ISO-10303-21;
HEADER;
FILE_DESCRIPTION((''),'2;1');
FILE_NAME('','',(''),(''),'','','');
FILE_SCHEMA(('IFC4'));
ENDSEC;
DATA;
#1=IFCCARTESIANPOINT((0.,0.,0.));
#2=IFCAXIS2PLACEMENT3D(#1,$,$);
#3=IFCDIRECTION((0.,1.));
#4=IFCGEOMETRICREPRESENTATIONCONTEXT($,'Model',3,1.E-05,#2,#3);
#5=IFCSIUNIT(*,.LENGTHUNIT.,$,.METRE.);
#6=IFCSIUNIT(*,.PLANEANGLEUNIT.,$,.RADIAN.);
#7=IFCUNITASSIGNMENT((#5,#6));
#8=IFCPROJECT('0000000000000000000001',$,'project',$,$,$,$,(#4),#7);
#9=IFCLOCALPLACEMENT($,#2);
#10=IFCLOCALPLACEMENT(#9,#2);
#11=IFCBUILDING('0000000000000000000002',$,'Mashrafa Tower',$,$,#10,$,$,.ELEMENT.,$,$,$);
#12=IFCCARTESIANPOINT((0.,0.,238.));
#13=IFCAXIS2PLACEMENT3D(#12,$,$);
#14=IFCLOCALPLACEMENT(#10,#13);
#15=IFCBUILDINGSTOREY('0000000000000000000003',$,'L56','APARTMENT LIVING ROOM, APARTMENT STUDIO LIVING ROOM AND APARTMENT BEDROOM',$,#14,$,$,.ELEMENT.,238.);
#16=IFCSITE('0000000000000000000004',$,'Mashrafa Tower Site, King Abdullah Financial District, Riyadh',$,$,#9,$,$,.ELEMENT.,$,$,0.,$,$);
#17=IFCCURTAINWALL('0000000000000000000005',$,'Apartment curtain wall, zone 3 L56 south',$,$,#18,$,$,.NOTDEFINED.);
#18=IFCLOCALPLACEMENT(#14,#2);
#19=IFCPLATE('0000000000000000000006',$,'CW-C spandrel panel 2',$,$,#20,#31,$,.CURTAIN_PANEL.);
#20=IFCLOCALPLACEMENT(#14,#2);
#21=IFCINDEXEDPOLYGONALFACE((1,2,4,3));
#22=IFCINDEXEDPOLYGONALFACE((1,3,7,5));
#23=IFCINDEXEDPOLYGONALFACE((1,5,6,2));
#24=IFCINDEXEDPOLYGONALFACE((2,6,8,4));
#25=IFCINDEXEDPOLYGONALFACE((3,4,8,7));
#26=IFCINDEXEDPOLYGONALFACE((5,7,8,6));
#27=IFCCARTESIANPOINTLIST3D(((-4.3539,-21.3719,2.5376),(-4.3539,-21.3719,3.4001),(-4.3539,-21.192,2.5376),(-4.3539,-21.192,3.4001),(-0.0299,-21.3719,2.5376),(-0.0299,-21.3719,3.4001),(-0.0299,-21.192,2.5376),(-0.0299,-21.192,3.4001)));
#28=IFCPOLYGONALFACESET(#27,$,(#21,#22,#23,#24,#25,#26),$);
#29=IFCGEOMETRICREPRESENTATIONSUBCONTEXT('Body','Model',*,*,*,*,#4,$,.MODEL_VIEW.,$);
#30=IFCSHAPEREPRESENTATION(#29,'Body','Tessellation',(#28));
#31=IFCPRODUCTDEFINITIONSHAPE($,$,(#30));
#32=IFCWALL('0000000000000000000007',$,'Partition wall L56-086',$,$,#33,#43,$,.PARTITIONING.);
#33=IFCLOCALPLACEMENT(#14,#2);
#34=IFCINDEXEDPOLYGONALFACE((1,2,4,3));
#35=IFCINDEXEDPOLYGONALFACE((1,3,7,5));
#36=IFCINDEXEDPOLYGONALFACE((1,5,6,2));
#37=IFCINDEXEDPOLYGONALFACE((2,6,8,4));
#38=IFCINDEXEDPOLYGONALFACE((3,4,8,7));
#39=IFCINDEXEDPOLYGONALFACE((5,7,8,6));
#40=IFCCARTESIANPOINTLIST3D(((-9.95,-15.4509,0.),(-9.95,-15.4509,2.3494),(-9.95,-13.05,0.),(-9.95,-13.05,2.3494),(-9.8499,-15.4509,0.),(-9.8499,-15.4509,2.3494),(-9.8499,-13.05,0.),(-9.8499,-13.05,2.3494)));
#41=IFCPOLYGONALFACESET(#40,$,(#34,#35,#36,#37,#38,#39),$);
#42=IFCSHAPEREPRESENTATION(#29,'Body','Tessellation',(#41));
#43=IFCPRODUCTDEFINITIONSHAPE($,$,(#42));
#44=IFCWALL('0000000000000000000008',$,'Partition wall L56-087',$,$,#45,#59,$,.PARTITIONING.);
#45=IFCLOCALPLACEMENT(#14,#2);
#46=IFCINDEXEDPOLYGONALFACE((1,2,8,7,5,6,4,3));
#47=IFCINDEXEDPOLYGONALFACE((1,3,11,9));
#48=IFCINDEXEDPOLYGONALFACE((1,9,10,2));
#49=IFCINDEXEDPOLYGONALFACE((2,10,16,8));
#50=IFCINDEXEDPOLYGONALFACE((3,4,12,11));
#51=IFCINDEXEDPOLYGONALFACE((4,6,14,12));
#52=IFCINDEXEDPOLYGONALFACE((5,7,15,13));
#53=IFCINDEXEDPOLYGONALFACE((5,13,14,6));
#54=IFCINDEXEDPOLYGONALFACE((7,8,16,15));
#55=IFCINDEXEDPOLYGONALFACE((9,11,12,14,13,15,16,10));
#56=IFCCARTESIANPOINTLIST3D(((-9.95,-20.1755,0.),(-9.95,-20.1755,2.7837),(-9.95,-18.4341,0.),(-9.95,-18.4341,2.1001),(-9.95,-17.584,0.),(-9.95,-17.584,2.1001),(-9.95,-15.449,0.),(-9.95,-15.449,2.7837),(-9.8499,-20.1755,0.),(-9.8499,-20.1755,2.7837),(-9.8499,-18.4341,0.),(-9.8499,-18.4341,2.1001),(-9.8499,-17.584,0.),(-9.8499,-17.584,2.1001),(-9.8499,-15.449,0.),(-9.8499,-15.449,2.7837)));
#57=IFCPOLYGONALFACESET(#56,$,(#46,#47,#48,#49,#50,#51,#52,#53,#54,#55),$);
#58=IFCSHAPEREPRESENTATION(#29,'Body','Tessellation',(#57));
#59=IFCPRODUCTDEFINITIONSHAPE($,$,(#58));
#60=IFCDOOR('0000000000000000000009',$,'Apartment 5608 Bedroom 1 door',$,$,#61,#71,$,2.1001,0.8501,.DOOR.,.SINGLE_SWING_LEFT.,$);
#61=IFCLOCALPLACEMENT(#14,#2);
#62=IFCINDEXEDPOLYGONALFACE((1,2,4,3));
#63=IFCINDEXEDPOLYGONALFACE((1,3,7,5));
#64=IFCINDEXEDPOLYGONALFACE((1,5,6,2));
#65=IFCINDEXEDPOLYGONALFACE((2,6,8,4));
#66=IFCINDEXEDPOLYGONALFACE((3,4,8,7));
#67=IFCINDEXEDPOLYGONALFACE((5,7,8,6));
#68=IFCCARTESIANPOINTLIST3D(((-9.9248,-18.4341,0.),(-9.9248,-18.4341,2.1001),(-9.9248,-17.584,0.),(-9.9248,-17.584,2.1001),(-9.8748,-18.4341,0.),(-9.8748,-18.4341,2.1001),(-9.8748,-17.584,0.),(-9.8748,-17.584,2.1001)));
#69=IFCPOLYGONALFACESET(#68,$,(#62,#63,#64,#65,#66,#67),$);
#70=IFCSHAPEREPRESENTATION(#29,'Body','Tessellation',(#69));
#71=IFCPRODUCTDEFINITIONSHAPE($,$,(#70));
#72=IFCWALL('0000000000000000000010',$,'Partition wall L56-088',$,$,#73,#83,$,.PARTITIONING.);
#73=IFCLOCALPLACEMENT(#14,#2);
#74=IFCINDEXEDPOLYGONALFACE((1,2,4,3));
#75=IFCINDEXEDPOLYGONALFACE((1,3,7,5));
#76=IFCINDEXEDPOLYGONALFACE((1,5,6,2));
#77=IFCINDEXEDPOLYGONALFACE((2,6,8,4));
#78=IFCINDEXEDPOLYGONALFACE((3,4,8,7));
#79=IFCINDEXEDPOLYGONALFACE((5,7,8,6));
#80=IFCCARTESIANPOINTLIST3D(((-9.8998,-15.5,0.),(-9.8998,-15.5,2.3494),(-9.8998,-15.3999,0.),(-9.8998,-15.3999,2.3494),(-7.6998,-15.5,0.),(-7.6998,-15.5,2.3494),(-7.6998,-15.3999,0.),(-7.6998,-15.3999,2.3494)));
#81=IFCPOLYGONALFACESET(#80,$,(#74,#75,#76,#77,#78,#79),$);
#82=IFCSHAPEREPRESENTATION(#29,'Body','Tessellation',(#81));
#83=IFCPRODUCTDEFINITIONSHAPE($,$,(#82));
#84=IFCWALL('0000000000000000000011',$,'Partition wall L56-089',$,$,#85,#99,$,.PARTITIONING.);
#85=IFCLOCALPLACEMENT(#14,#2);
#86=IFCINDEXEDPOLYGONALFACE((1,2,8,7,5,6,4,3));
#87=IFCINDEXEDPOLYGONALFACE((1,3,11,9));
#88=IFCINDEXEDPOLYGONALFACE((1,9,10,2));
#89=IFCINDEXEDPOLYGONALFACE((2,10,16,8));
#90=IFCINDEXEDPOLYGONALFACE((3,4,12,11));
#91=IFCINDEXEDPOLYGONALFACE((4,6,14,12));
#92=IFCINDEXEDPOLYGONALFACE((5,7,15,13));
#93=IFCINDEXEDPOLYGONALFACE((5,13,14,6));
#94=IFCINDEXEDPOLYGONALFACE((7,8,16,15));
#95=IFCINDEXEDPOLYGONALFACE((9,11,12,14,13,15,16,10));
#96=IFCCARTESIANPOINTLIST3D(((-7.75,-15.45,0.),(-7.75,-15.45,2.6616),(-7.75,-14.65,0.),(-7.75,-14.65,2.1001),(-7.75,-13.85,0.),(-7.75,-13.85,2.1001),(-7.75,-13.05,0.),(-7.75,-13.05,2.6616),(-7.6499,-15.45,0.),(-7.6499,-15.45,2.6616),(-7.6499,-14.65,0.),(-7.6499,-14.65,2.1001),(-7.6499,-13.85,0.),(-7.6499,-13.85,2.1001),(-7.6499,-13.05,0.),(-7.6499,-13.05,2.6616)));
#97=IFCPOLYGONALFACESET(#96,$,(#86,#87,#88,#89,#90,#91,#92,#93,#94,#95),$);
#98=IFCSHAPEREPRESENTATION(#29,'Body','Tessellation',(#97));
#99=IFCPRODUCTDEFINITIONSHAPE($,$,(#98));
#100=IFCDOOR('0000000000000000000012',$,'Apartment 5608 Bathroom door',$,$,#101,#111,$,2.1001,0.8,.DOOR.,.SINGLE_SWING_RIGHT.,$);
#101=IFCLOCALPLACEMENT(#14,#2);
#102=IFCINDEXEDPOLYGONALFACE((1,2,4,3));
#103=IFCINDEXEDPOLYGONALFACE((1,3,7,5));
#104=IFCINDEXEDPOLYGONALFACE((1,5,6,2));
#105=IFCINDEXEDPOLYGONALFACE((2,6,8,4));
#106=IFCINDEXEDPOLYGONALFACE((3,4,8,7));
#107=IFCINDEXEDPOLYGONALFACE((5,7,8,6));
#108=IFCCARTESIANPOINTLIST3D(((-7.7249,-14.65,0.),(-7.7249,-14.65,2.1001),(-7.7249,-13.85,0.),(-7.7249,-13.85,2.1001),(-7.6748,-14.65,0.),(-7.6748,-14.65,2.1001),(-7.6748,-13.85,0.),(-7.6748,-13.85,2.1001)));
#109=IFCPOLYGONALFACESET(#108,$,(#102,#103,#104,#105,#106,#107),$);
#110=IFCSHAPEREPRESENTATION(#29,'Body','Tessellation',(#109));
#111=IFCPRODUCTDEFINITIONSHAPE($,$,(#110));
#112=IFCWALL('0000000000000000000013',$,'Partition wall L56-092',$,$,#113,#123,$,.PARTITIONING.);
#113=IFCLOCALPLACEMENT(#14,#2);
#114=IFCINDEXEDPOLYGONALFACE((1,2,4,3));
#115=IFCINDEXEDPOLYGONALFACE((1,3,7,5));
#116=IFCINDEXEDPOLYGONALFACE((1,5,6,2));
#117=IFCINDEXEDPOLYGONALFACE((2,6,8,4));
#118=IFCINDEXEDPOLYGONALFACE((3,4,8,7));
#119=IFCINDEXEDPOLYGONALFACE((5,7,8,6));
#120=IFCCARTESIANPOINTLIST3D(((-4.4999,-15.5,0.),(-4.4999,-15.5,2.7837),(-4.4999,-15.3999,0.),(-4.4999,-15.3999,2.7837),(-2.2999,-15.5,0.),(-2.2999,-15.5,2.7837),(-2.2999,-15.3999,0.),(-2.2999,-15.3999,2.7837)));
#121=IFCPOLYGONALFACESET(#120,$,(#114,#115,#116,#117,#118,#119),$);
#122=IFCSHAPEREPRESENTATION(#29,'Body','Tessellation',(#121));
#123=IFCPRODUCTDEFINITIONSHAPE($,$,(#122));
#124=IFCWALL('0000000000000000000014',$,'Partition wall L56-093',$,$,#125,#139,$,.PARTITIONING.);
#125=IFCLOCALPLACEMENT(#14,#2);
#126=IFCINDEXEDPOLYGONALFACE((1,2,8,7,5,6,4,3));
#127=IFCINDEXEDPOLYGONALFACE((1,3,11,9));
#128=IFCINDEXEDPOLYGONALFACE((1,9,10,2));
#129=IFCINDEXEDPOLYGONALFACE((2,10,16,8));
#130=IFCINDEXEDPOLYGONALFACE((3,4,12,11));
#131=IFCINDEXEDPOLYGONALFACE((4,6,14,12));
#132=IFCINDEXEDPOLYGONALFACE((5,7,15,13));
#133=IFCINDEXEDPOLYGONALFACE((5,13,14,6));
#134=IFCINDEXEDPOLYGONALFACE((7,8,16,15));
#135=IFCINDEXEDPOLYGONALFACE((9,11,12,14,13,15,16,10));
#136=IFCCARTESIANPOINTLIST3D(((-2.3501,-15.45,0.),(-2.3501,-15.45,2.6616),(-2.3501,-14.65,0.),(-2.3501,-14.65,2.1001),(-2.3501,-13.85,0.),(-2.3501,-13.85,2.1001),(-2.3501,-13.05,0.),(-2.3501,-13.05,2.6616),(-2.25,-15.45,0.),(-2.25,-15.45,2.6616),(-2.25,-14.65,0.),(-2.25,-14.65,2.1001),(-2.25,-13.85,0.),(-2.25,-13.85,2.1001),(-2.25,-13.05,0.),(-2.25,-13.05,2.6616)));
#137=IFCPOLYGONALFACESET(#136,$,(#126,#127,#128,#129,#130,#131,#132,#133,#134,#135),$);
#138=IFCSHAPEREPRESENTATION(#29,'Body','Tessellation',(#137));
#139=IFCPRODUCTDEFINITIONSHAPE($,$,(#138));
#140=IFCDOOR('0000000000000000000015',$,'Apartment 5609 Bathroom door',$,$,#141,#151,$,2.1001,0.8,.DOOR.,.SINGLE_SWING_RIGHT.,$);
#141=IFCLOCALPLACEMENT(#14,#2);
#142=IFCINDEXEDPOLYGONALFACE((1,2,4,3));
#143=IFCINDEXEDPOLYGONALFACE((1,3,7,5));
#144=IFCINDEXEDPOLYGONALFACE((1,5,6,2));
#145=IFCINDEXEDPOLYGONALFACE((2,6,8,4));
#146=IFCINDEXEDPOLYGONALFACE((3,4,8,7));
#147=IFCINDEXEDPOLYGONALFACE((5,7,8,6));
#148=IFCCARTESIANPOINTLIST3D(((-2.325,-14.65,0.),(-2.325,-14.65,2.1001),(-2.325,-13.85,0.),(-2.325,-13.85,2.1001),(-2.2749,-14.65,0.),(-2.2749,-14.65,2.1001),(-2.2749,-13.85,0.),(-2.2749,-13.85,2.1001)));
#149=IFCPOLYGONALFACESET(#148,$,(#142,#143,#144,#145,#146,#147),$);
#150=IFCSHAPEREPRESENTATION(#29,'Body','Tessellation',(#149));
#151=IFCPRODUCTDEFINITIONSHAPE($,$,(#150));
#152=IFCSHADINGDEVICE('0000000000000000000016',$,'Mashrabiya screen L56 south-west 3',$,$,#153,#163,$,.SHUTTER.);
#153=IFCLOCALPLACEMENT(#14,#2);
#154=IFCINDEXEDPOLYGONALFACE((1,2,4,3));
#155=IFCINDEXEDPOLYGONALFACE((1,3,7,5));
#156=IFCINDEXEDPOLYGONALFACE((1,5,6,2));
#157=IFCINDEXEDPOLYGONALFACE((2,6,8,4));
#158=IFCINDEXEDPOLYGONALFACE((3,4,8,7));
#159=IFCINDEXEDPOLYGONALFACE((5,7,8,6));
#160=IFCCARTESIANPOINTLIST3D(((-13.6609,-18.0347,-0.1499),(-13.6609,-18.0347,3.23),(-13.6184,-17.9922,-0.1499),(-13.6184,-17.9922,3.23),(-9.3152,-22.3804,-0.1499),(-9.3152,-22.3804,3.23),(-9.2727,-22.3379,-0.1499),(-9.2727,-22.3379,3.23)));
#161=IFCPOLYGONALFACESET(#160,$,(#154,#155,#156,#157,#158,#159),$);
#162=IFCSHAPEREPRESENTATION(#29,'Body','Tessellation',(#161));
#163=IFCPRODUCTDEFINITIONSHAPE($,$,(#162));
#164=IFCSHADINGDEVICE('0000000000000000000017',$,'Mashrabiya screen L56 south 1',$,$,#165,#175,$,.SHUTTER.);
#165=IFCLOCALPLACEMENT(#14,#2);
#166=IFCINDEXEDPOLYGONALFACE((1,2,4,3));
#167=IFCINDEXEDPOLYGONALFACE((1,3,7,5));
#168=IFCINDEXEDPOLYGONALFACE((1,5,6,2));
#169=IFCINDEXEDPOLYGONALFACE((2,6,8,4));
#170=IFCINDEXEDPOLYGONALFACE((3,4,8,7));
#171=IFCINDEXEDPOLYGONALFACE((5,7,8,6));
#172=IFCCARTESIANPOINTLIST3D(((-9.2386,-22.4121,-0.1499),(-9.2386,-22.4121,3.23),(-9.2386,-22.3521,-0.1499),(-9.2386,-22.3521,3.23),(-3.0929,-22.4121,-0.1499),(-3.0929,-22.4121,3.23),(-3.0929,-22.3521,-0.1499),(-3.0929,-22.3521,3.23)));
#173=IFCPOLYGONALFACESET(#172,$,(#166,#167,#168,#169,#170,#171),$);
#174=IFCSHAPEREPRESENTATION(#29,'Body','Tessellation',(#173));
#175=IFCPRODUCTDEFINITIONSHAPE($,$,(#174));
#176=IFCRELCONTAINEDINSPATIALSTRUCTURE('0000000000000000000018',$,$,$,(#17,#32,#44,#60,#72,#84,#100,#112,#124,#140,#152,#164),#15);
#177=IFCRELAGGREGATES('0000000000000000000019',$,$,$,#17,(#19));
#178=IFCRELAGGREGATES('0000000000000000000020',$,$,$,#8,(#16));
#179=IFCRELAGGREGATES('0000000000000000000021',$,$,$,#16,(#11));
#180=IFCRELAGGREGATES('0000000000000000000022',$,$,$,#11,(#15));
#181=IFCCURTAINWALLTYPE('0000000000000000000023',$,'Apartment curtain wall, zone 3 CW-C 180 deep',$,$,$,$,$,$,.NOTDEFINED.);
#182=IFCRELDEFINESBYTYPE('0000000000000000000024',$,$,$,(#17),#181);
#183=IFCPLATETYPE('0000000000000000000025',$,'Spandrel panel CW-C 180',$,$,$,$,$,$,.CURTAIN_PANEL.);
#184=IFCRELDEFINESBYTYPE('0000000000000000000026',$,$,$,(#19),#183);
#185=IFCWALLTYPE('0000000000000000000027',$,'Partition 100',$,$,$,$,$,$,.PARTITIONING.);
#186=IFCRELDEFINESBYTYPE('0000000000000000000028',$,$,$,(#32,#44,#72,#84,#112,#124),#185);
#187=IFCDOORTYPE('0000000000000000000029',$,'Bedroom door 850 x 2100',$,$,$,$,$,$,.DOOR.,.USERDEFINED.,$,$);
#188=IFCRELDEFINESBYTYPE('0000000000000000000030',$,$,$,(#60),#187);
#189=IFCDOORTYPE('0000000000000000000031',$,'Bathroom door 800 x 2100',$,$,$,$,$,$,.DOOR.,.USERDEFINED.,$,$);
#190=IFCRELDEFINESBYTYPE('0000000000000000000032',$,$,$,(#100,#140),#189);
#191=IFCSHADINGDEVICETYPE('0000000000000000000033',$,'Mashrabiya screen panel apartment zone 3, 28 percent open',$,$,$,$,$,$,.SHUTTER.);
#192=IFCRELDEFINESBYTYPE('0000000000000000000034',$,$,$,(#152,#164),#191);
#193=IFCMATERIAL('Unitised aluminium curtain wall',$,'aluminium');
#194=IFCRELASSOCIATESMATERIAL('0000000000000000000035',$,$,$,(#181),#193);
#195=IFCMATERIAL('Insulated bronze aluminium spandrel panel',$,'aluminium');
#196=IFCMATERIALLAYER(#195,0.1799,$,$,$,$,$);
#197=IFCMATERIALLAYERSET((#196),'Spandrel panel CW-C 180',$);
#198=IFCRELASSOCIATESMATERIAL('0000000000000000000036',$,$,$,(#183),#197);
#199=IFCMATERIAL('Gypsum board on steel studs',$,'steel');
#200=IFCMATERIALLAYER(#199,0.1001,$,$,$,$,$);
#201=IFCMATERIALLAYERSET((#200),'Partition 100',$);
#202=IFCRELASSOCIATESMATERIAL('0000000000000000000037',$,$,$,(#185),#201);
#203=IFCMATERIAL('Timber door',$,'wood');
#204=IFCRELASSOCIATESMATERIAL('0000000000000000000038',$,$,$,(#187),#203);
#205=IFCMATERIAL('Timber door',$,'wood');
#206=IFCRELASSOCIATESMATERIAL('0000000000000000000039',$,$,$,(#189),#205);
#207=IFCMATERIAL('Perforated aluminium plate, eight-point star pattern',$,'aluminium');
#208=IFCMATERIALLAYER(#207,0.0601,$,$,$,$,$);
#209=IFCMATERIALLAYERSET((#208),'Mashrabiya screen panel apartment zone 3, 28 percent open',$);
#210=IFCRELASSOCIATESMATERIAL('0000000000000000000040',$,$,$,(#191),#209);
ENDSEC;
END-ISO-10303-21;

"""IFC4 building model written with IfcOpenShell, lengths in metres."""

from ifc_helpers import new_model, si_unit, direction, frame, frame_2d, origin, origin_2d, place, context, subcontext, project, spatial, rectangle, extrude, source, transform, mapped, material, layer, layer_set, type_object, type_shapes, element, fill, aggregate, save


model = new_model("IFC4")

# Units and contexts
model_context = context("Model", 3, precision=1e-05, world=origin(), true_north=direction((0.0, 1.0)))
body_context = subcontext(model_context, "Body", "Model", "MODEL_VIEW")
ifc_project = project(units=[si_unit("LENGTHUNIT", "METRE"), si_unit("PLANEANGLEUNIT", "RADIAN")], contexts=[model_context])

# Site, building, storey
site_placement = place(None, origin())
site = spatial("IfcSite", under=ifc_project, at=site_placement, Name="Mashrafa Tower Site, King Abdullah Financial District, Riyadh", CompositionType="ELEMENT", RefElevation=0.0)
building_placement = place(site_placement, origin())
building = spatial("IfcBuilding", under=site, at=building_placement, Name="Mashrafa Tower", CompositionType="ELEMENT")
storey_placement = place(building_placement, frame((0.0, 0.0, 238.0)))
storey = spatial("IfcBuildingStorey", under=building, at=storey_placement, Name="L56", Description="APARTMENT LIVING ROOM, APARTMENT STUDIO LIVING ROOM AND APARTMENT BEDROOM", CompositionType="ELEMENT", Elevation=238.0)

# Shared definitions
ifc_material_1 = material(Name="Unitised aluminium curtain wall", Category="aluminium")
curtain_wall_type = type_object("IfcCurtainWallType", Name="Apartment curtain wall, zone 3 CW-C 180 deep", PredefinedType="NOTDEFINED", material=ifc_material_1)

# Curtain wall
curtain_wall_1_placement = place(storey_placement, origin())
curtain_wall_1 = element("IfcCurtainWall", 1, at=curtain_wall_1_placement, inside=storey, type_object=curtain_wall_type, Name="Apartment curtain wall, zone 3 L56 south", PredefinedType="NOTDEFINED")

# Plate
ifc_material_2 = material(Name="Insulated bronze aluminium spandrel panel", Category="aluminium")
ifc_layer_1 = layer(ifc_material_2, 0.1799)
ifc_layer_set_1 = layer_set([ifc_layer_1], Name="Spandrel panel CW-C 180")
plate_type_1 = type_object("IfcPlateType", Name="Spandrel panel CW-C 180", PredefinedType="CURTAIN_PANEL", material=ifc_layer_set_1)
shared_shape_1 = source(origin(), body_context, "Body", "SweptSolid", [
    extrude(rectangle(XDim=4.324, YDim=0.1799, at=origin_2d()), origin(), (0.0, 0.0, 1.0), 0.8625),
])
plate_1_placement = place(storey_placement, frame((-2.1919, -21.282, 2.5376), z_axis=(0.0, 0.0, 1.0), x_axis=(1.0, 0.0, 0.0)))
plate_1 = element("IfcPlate", 2, at=plate_1_placement, type_object=plate_type_1, Name="CW-C spandrel panel 2", PredefinedType="CURTAIN_PANEL", context=body_context, shape_type="MappedRepresentation", body=[
    mapped(shared_shape_1, transform((0.0, 0.0, 0.0))),
])
aggregate(curtain_wall_1, [plate_1])

# Wall
ifc_material_3 = material(Name="Gypsum board on steel studs", Category="steel")
ifc_layer_2 = layer(ifc_material_3, 0.1001)
ifc_layer_set_2 = layer_set([ifc_layer_2], Name="Partition 100")
wall_type = type_object("IfcWallType", Name="Partition 100", PredefinedType="PARTITIONING", material=ifc_layer_set_2)
wall_1_placement = place(storey_placement, frame((-9.8999, -15.4509, 0.0), z_axis=(0.0, 0.0, 1.0), x_axis=(0.0, 1.0, 0.0)))
element("IfcWall", 3, at=wall_1_placement, inside=storey, type_object=wall_type, Name="Partition wall L56-086", PredefinedType="PARTITIONING", context=body_context, shape_type="SweptSolid", body=[
    extrude(rectangle(XDim=2.4009, YDim=0.1001, at=frame_2d((1.2004, 0.0))), origin(), (0.0, 0.0, 1.0), 2.3494),
])

# Wall, opening, door
wall_2_placement = place(storey_placement, frame((-9.8999, -20.1755, 0.0), z_axis=(0.0, 0.0, 1.0), x_axis=(0.0, 1.0, 0.0)))
wall_2 = element("IfcWall", 4, at=wall_2_placement, inside=storey, type_object=wall_type, Name="Partition wall L56-087", PredefinedType="PARTITIONING", context=body_context, shape_type="SweptSolid", body=[
    extrude(rectangle(XDim=4.7266, YDim=0.1001, at=frame_2d((2.3633, 0.0))), origin(), (0.0, 0.0, 1.0), 2.7837),
])
opening_1_placement = place(wall_2_placement, frame((1.7415, 0.0, 0.0)))
opening_1 = element("IfcOpeningElement", 5, at=opening_1_placement, cuts=wall_2, PredefinedType="OPENING", context=body_context, shape_type="SweptSolid", body=[
    extrude(rectangle(XDim=0.8501, YDim=2.1001, at=frame_2d((0.425, 1.05))), frame((0.0, 0.0601, 0.0), z_axis=(0.0, -1.0, 0.0), x_axis=(1.0, 0.0, 0.0)), (0.0, 0.0, 1.0), 0.1201),
])
ifc_material_4 = material(Name="Timber door", Category="wood")
door_type_1 = type_object("IfcDoorType", Name="Bedroom door 850 x 2100", OperationType="USERDEFINED", PredefinedType="DOOR", material=ifc_material_4)
door_1_placement = place(opening_1_placement, origin())
door_1 = element("IfcDoor", 6, at=door_1_placement, inside=storey, type_object=door_type_1, Name="Apartment 5608 Bedroom 1 door", OperationType="SINGLE_SWING_LEFT", OverallHeight=2.1001, OverallWidth=0.8501, PredefinedType="DOOR", context=body_context, shape_type="SweptSolid", body=[
    extrude(rectangle(XDim=0.8501, YDim=2.1001, at=frame_2d((0.425, 1.05))), frame((0.0, 0.0249, 0.0), z_axis=(0.0, -1.0, 0.0), x_axis=(1.0, 0.0, 0.0)), (0.0, 0.0, 1.0), 0.05),
])
fill(opening_1, door_1)

# Wall
wall_3_placement = place(storey_placement, frame((-9.8999, -15.45, 0.0), z_axis=(0.0, 0.0, 1.0), x_axis=(1.0, 0.0, 0.0)))
element("IfcWall", 7, at=wall_3_placement, inside=storey, type_object=wall_type, Name="Partition wall L56-088", PredefinedType="PARTITIONING", context=body_context, shape_type="SweptSolid", body=[
    extrude(rectangle(XDim=2.2, YDim=0.1001, at=frame_2d((1.1001, 0.0))), origin(), (0.0, 0.0, 1.0), 2.3494),
])

# Wall, opening, door
wall_4_placement = place(storey_placement, frame((-7.7, -15.45, 0.0), z_axis=(0.0, 0.0, 1.0), x_axis=(0.0, 1.0, 0.0)))
wall_4 = element("IfcWall", 8, at=wall_4_placement, inside=storey, type_object=wall_type, Name="Partition wall L56-089", PredefinedType="PARTITIONING", context=body_context, shape_type="SweptSolid", body=[
    extrude(rectangle(XDim=2.3999, YDim=0.1001, at=frame_2d((1.2, 0.0))), origin(), (0.0, 0.0, 1.0), 2.6616),
])
opening_2_placement = place(wall_4_placement, frame((0.8, 0.0, 0.0)))
opening_2 = element("IfcOpeningElement", 9, at=opening_2_placement, cuts=wall_4, PredefinedType="OPENING", context=body_context, shape_type="SweptSolid", body=[
    extrude(rectangle(XDim=0.8, YDim=2.1001, at=frame_2d((0.3999, 1.05))), frame((0.0, 0.0601, 0.0), z_axis=(0.0, -1.0, 0.0), x_axis=(1.0, 0.0, 0.0)), (0.0, 0.0, 1.0), 0.1201),
])
ifc_material_5 = material(Name="Timber door", Category="wood")
door_type_2 = type_object("IfcDoorType", Name="Bathroom door 800 x 2100", OperationType="USERDEFINED", PredefinedType="DOOR", material=ifc_material_5)
door_2_placement = place(opening_2_placement, origin())
door_2 = element("IfcDoor", 10, at=door_2_placement, inside=storey, type_object=door_type_2, Name="Apartment 5608 Bathroom door", OperationType="SINGLE_SWING_RIGHT", OverallHeight=2.1001, OverallWidth=0.8, PredefinedType="DOOR", context=body_context, shape_type="SweptSolid", body=[
    extrude(rectangle(XDim=0.8, YDim=2.1001, at=frame_2d((0.3999, 1.05))), frame((0.0, 0.0249, 0.0), z_axis=(0.0, -1.0, 0.0), x_axis=(1.0, 0.0, 0.0)), (0.0, 0.0, 1.0), 0.05),
])
fill(opening_2, door_2)

# Wall
wall_5_placement = place(storey_placement, frame((-4.5, -15.45, 0.0), z_axis=(0.0, 0.0, 1.0), x_axis=(1.0, 0.0, 0.0)))
element("IfcWall", 11, at=wall_5_placement, inside=storey, type_object=wall_type, Name="Partition wall L56-092", PredefinedType="PARTITIONING", context=body_context, shape_type="SweptSolid", body=[
    extrude(rectangle(XDim=2.2, YDim=0.1001, at=frame_2d((1.1001, 0.0))), origin(), (0.0, 0.0, 1.0), 2.7837),
])

# Wall, opening, door
wall_6_placement = place(storey_placement, frame((-2.3, -15.45, 0.0), z_axis=(0.0, 0.0, 1.0), x_axis=(0.0, 1.0, 0.0)))
wall_6 = element("IfcWall", 12, at=wall_6_placement, inside=storey, type_object=wall_type, Name="Partition wall L56-093", PredefinedType="PARTITIONING", context=body_context, shape_type="SweptSolid", body=[
    extrude(rectangle(XDim=2.3999, YDim=0.1001, at=frame_2d((1.2, 0.0))), origin(), (0.0, 0.0, 1.0), 2.6616),
])
opening_3_placement = place(wall_6_placement, frame((0.8, 0.0, 0.0)))
opening_3 = element("IfcOpeningElement", 13, at=opening_3_placement, cuts=wall_6, PredefinedType="OPENING", context=body_context, shape_type="SweptSolid", body=[
    extrude(rectangle(XDim=0.8, YDim=2.1001, at=frame_2d((0.3999, 1.05))), frame((0.0, 0.0601, 0.0), z_axis=(0.0, -1.0, 0.0), x_axis=(1.0, 0.0, 0.0)), (0.0, 0.0, 1.0), 0.1201),
])
door_3_placement = place(opening_3_placement, origin())
door_3 = element("IfcDoor", 14, at=door_3_placement, inside=storey, type_object=door_type_2, Name="Apartment 5609 Bathroom door", OperationType="SINGLE_SWING_RIGHT", OverallHeight=2.1001, OverallWidth=0.8, PredefinedType="DOOR", context=body_context, shape_type="SweptSolid", body=[
    extrude(rectangle(XDim=0.8, YDim=2.1001, at=frame_2d((0.3999, 1.05))), frame((0.0, 0.0249, 0.0), z_axis=(0.0, -1.0, 0.0), x_axis=(1.0, 0.0, 0.0)), (0.0, 0.0, 1.0), 0.05),
])
fill(opening_3, door_3)

# Shading devices
ifc_material_6 = material(Name="Perforated aluminium plate, eight-point star pattern", Category="aluminium")
ifc_layer_3 = layer(ifc_material_6, 0.0601)
ifc_layer_set_3 = layer_set([ifc_layer_3], Name="Mashrabiya screen panel apartment zone 3, 28 percent open")
shading_device_type = type_object("IfcShadingDeviceType", Name="Mashrabiya screen panel apartment zone 3, 28 percent open", PredefinedType="SHUTTER", material=ifc_layer_set_3)
shared_shape_2 = source(origin(), body_context, "Body", "SweptSolid", [
    extrude(rectangle(XDim=6.1458, YDim=0.0601, at=origin_2d()), origin(), (0.0, 0.0, 1.0), 3.3799),
])
type_shapes(shading_device_type, [shared_shape_2])
for number, where, z_axis, x_axis, name in (
    (15, (-11.4668, -20.1863, -0.1499), (0.0, 0.0, 1.0), (0.707107, -0.707107, 0.0), "Mashrabiya screen L56 south-west 3"),
    (16, (-6.1658, -22.3821, -0.1499), (0.0, 0.0, 1.0), (1.0, 0.0, 0.0), "Mashrabiya screen L56 south 1"),
):
    element("IfcShadingDevice", number, at=place(storey_placement, frame(where, z_axis=z_axis, x_axis=x_axis)), inside=storey, type_object=shading_device_type, Name=name, PredefinedType="SHUTTER", context=body_context, shape_type="MappedRepresentation", body=[
        mapped(shared_shape_2, transform((0.0, 0.0, 0.0))),
    ])

save(model, "model.ifc")
